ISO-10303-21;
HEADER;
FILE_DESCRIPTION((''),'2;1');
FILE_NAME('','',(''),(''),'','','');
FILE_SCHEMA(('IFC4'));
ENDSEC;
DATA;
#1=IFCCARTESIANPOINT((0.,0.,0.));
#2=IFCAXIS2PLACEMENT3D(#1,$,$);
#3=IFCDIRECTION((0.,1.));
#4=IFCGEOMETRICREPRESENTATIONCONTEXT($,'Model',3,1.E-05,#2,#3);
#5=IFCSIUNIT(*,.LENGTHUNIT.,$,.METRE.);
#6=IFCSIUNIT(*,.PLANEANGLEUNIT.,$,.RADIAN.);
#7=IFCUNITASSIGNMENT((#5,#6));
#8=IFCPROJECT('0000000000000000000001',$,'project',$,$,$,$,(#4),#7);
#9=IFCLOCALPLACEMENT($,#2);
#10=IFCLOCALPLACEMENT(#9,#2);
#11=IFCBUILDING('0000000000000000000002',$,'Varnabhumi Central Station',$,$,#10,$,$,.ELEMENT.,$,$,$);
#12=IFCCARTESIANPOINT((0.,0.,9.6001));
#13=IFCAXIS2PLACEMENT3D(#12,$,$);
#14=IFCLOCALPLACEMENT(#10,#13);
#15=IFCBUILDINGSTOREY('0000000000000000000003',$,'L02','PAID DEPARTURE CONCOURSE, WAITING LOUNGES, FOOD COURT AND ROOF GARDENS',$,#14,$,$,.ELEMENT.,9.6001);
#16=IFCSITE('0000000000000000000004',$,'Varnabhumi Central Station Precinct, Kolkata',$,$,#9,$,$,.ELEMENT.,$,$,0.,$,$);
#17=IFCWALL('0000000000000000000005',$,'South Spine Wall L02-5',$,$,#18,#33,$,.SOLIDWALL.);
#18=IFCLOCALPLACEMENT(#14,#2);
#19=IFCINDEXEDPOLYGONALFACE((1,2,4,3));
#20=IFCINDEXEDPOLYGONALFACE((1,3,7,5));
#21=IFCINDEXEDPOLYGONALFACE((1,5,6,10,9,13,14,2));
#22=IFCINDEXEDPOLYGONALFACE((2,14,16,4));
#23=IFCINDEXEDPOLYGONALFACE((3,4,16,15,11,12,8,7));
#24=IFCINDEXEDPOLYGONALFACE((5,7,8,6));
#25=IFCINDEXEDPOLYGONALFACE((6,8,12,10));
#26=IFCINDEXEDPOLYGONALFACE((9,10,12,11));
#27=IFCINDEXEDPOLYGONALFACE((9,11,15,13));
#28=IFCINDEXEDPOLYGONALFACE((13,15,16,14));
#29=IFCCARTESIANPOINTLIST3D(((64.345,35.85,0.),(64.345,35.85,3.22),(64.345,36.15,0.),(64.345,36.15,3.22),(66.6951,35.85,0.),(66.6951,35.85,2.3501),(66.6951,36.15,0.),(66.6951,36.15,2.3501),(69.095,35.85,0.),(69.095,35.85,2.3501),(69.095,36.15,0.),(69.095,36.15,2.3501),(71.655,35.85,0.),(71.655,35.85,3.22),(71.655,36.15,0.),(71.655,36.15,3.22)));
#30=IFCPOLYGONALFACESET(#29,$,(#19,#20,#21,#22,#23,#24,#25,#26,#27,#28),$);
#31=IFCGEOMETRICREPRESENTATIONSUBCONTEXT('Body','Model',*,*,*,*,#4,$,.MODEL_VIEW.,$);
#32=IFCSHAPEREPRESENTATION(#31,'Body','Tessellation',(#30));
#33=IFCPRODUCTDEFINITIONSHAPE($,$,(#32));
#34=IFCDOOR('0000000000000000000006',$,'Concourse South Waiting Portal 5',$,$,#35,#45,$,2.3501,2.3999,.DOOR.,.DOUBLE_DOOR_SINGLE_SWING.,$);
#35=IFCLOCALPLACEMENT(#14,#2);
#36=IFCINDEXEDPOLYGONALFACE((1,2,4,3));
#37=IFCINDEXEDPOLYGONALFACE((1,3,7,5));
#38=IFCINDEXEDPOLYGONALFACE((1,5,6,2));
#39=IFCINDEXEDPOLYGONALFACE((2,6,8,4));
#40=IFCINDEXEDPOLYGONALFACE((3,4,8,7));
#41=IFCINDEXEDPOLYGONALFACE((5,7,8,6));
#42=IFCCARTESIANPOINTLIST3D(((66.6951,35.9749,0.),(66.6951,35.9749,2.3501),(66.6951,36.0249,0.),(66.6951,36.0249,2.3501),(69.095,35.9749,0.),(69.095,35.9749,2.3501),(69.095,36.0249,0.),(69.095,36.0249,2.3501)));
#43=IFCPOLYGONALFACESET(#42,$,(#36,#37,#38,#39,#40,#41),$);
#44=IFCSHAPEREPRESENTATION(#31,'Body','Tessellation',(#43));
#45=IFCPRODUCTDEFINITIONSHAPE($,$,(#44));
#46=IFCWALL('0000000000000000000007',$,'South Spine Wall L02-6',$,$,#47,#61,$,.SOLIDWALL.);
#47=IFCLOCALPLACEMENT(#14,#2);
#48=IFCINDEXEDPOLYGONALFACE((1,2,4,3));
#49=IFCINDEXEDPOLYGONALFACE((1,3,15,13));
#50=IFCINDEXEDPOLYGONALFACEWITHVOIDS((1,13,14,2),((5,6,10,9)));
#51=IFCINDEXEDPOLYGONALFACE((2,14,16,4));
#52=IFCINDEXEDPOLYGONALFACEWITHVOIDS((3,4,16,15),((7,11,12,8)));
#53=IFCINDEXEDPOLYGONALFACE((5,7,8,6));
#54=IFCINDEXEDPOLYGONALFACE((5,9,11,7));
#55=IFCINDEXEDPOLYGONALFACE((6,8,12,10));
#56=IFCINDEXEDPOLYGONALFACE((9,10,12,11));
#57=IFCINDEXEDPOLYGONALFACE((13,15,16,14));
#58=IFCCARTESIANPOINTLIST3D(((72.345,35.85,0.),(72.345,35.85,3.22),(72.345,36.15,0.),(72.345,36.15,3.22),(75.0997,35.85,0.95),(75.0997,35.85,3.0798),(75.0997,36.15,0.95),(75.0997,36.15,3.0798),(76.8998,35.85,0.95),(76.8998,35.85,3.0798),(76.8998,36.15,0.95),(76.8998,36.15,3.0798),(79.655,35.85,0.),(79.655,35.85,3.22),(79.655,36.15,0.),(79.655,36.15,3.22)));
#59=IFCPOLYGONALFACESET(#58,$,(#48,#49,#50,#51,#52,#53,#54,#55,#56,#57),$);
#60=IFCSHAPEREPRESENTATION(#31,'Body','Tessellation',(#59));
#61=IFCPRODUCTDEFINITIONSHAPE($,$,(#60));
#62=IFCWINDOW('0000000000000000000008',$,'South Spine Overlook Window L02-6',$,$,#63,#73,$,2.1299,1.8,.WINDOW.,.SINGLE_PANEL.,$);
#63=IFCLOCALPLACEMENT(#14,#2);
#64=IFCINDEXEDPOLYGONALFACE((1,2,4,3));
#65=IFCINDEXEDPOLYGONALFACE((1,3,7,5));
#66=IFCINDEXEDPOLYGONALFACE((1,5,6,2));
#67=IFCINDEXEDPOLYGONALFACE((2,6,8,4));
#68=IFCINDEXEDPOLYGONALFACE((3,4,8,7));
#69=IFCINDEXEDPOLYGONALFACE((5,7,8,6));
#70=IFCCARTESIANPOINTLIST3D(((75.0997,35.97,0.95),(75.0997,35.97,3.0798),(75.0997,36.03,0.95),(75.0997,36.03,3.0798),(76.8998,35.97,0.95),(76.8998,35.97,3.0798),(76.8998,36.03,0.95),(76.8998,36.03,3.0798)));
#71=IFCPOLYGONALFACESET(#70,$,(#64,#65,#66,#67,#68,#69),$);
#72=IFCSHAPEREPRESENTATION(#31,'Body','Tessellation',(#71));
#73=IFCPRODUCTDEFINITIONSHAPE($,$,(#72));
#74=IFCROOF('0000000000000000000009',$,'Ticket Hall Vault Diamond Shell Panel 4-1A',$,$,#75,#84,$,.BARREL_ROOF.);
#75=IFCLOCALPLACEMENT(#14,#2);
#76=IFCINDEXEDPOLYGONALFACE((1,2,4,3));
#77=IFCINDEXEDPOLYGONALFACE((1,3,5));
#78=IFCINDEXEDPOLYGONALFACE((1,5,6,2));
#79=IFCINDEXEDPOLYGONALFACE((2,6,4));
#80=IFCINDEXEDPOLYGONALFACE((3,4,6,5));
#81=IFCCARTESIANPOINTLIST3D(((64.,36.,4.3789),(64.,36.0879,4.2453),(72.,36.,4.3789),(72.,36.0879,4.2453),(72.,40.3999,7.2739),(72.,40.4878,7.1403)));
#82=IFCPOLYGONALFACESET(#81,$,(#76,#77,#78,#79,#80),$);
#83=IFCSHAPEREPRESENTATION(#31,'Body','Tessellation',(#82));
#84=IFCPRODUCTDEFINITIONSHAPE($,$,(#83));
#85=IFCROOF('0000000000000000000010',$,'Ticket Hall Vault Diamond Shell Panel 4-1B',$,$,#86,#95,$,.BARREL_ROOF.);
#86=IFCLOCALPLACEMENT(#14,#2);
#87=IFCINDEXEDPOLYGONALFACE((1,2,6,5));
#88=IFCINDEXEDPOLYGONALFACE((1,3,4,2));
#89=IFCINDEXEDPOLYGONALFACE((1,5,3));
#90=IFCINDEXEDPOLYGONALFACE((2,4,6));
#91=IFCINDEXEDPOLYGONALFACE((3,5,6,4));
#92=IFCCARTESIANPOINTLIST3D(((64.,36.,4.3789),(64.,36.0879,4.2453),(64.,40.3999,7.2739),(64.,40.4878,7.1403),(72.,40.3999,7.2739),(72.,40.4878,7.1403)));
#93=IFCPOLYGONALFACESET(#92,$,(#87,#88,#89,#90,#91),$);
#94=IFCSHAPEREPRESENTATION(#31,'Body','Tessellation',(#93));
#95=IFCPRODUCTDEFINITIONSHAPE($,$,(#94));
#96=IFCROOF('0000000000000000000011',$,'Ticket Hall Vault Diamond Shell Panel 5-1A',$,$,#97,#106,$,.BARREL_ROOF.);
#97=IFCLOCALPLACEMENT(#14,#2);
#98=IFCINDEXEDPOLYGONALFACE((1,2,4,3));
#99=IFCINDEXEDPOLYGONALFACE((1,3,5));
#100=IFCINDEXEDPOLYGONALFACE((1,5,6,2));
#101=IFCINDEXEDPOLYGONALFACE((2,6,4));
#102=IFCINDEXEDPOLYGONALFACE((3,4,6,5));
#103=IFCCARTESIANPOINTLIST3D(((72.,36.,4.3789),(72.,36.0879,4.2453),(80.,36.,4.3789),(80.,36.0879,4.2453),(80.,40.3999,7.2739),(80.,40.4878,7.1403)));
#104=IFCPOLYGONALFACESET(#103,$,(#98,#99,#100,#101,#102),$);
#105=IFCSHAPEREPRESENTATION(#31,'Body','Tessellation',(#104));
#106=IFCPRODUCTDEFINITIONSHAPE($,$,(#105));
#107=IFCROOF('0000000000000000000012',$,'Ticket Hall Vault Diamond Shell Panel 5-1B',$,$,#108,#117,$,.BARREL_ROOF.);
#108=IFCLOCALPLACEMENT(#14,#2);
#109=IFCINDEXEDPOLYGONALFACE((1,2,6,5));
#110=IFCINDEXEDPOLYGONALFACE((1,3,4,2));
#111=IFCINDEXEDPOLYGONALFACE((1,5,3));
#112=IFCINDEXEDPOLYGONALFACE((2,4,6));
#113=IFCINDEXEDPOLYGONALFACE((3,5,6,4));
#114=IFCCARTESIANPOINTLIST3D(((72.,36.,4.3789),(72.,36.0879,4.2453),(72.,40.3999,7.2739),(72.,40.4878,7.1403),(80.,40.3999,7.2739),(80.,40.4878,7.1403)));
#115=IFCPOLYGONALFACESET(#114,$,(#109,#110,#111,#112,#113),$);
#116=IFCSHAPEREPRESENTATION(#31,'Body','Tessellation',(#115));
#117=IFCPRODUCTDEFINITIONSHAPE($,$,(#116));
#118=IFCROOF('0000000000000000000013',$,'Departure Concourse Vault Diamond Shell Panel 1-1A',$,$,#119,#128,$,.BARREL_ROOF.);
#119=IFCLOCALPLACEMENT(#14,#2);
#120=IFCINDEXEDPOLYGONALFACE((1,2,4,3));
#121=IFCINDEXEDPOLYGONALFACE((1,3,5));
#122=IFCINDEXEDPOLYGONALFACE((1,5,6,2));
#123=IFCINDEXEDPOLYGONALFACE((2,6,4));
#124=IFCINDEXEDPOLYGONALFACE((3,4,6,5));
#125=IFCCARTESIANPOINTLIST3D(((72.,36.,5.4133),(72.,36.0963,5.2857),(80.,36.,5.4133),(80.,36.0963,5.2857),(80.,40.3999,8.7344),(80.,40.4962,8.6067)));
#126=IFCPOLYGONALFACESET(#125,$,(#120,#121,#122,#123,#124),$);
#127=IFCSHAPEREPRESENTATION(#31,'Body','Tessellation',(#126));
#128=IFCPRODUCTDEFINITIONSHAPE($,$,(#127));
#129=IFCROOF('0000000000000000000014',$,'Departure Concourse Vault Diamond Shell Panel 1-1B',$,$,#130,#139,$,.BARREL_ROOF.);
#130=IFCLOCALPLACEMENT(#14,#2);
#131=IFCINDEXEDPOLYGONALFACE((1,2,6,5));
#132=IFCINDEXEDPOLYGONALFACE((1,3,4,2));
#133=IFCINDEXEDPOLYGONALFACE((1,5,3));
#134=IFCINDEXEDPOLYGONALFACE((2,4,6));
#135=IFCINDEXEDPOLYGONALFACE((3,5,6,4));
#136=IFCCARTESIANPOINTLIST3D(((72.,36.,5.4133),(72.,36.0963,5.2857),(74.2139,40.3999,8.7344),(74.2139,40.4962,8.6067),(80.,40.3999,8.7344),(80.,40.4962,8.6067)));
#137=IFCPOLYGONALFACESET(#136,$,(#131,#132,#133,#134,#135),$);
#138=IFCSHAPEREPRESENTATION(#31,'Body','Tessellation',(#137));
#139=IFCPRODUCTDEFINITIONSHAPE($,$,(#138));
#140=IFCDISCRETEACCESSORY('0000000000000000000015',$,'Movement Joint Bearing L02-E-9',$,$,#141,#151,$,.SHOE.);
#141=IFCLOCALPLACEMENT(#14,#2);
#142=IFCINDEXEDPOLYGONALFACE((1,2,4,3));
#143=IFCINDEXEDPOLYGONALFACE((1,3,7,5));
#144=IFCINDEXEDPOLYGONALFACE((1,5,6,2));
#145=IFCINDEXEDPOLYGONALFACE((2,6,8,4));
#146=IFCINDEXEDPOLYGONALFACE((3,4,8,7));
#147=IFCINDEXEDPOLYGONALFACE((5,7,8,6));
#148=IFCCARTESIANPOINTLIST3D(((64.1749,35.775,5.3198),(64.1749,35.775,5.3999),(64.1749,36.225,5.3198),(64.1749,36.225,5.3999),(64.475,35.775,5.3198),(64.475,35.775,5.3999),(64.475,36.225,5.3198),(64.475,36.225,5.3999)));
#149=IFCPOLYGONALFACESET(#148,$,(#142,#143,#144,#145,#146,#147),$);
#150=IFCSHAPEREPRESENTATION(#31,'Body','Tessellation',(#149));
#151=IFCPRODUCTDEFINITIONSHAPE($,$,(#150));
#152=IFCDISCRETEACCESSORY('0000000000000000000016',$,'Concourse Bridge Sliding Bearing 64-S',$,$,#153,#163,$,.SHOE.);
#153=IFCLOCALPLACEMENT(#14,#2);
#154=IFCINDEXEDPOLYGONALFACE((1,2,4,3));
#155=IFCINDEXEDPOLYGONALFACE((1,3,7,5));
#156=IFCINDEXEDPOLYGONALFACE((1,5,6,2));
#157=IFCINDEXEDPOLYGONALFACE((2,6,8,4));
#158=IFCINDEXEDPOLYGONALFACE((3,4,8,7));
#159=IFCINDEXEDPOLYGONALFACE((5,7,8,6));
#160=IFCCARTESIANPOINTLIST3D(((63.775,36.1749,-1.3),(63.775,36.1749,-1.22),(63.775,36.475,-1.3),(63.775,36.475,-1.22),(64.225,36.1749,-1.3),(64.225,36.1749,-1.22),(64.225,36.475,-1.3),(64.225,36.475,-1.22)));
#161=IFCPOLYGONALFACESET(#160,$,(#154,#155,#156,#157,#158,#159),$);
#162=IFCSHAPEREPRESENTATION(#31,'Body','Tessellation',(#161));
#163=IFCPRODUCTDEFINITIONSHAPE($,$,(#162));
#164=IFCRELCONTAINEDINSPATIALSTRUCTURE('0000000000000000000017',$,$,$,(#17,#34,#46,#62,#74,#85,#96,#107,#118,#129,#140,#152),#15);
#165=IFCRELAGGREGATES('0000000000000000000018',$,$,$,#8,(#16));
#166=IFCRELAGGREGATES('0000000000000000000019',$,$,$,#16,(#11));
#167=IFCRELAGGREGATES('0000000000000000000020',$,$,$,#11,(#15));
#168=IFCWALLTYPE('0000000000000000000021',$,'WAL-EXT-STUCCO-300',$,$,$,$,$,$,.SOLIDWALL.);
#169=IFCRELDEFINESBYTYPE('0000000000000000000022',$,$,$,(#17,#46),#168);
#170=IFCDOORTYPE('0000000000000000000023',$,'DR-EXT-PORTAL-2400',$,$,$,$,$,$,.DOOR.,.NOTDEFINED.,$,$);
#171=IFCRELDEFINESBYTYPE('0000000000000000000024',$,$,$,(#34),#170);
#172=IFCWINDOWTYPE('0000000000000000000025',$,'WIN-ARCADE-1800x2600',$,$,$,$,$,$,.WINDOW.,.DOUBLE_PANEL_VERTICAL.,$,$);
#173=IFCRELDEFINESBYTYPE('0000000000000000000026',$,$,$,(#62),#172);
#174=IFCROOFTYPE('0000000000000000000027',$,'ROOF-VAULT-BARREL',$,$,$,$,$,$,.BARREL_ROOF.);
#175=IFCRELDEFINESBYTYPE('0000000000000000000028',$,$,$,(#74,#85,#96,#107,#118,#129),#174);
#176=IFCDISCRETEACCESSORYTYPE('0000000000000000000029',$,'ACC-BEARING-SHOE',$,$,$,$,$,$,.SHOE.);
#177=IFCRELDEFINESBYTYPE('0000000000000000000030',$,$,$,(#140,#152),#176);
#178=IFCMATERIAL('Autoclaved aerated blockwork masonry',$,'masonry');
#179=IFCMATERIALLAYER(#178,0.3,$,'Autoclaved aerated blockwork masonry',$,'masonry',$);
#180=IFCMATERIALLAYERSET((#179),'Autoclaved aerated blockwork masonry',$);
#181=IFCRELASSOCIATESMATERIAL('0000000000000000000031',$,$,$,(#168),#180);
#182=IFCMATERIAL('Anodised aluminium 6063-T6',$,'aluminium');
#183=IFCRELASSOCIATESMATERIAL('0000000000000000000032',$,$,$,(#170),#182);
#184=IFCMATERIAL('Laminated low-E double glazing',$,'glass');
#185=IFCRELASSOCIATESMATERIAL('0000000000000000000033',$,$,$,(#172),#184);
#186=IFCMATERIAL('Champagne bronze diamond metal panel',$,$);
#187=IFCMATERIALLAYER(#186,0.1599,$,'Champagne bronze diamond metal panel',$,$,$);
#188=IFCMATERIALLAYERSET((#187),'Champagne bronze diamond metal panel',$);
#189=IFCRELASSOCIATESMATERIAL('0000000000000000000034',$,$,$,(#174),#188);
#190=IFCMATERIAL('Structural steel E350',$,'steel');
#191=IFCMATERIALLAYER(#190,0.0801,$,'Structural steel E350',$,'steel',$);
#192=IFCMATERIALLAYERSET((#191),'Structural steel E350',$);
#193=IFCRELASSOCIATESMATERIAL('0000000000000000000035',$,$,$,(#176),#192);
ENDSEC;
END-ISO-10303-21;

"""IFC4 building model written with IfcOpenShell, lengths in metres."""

from ifc_helpers import new_model, si_unit, direction, frame, frame_2d, origin, origin_2d, place, context, subcontext, project, spatial, polyline, rectangle, outline, extrude, material, layer, layer_set, type_object, element, fill, save


model = new_model("IFC4")

# Units and contexts
model_context = context("Model", 3, precision=1e-05, world=origin(), true_north=direction((0.0, 1.0)))
body_context = subcontext(model_context, "Body", "Model", "MODEL_VIEW")
ifc_project = project(units=[si_unit("LENGTHUNIT", "METRE"), si_unit("PLANEANGLEUNIT", "RADIAN")], contexts=[model_context])

# Site, building, storey
site_placement = place(None, origin())
site = spatial("IfcSite", under=ifc_project, at=site_placement, Name="Varnabhumi Central Station Precinct, Kolkata", CompositionType="ELEMENT", RefElevation=0.0)
building_placement = place(site_placement, origin())
building = spatial("IfcBuilding", under=site, at=building_placement, Name="Varnabhumi Central Station", CompositionType="ELEMENT")
storey_placement = place(building_placement, frame((0.0, 0.0, 9.6001)))
storey = spatial("IfcBuildingStorey", under=building, at=storey_placement, Name="L02", Description="PAID DEPARTURE CONCOURSE, WAITING LOUNGES, FOOD COURT AND ROOF GARDENS", CompositionType="ELEMENT", Elevation=9.6001)

# Shared definitions
ifc_material_1 = material(Name="Structural steel E350", Category="steel")

# Wall, opening, door
ifc_material_2 = material(Name="Autoclaved aerated blockwork masonry", Category="masonry")
ifc_layer_1 = layer(ifc_material_2, 0.3, Name="Autoclaved aerated blockwork masonry", Category="masonry")
ifc_layer_set_1 = layer_set([ifc_layer_1], Name="Autoclaved aerated blockwork masonry")
wall_type = type_object("IfcWallType", Name="WAL-EXT-STUCCO-300", PredefinedType="SOLIDWALL", material=ifc_layer_set_1)
wall_1_placement = place(storey_placement, frame((64.345, 36.0, 0.0), z_axis=(0.0, 0.0, 1.0), x_axis=(1.0, 0.0, 0.0)))
wall_1 = element("IfcWall", 1, at=wall_1_placement, inside=storey, type_object=wall_type, Name="South Spine Wall L02-5", PredefinedType="SOLIDWALL", context=body_context, shape_type="SweptSolid", body=[
    extrude(rectangle(XDim=7.3101, YDim=0.3, at=frame_2d((3.655, 0.0))), origin(), (0.0, 0.0, 1.0), 3.22),
])
opening_1_placement = place(wall_1_placement, frame((2.3501, 0.0, 0.0)))
opening_1 = element("IfcOpeningElement", 2, at=opening_1_placement, cuts=wall_1, PredefinedType="OPENING", context=body_context, shape_type="SweptSolid", body=[
    extrude(rectangle(XDim=2.3999, YDim=2.3501, at=frame_2d((1.2, 1.175))), frame((0.0, 0.1599, 0.0), z_axis=(0.0, -1.0, 0.0), x_axis=(1.0, 0.0, 0.0)), (0.0, 0.0, 1.0), 0.3201),
])
ifc_material_3 = material(Name="Anodised aluminium 6063-T6", Category="aluminium")
door_type = type_object("IfcDoorType", Name="DR-EXT-PORTAL-2400", OperationType="NOTDEFINED", PredefinedType="DOOR", material=ifc_material_3)
door_placement = place(opening_1_placement, origin())
door = element("IfcDoor", 3, at=door_placement, inside=storey, type_object=door_type, Name="Concourse South Waiting Portal 5", OperationType="DOUBLE_DOOR_SINGLE_SWING", OverallHeight=2.3501, OverallWidth=2.3999, PredefinedType="DOOR", context=body_context, shape_type="SweptSolid", body=[
    extrude(rectangle(XDim=2.3999, YDim=2.3501, at=frame_2d((1.2, 1.175))), frame((0.0, 0.0249, 0.0), z_axis=(0.0, -1.0, 0.0), x_axis=(1.0, 0.0, 0.0)), (0.0, 0.0, 1.0), 0.05),
])
fill(opening_1, door)

# Wall, opening, window
wall_2_placement = place(storey_placement, frame((72.345, 36.0, 0.0), z_axis=(0.0, 0.0, 1.0), x_axis=(1.0, 0.0, 0.0)))
wall_2 = element("IfcWall", 4, at=wall_2_placement, inside=storey, type_object=wall_type, Name="South Spine Wall L02-6", PredefinedType="SOLIDWALL", context=body_context, shape_type="SweptSolid", body=[
    extrude(rectangle(XDim=7.3101, YDim=0.3, at=frame_2d((3.655, 0.0))), origin(), (0.0, 0.0, 1.0), 3.22),
])
opening_2_placement = place(wall_2_placement, frame((2.7549, 0.0, 0.95)))
opening_2 = element("IfcOpeningElement", 5, at=opening_2_placement, cuts=wall_2, PredefinedType="OPENING", context=body_context, shape_type="SweptSolid", body=[
    extrude(rectangle(XDim=1.8, YDim=2.1299, at=frame_2d((0.8999, 1.0649))), frame((0.0, 0.1599, 0.0), z_axis=(0.0, -1.0, 0.0), x_axis=(1.0, 0.0, 0.0)), (0.0, 0.0, 1.0), 0.3201),
])
ifc_material_4 = material(Name="Laminated low-E double glazing", Category="glass")
window_type = type_object("IfcWindowType", Name="WIN-ARCADE-1800x2600", PartitioningType="DOUBLE_PANEL_VERTICAL", PredefinedType="WINDOW", material=ifc_material_4)
window_placement = place(opening_2_placement, origin())
window = element("IfcWindow", 6, at=window_placement, inside=storey, type_object=window_type, Name="South Spine Overlook Window L02-6", OverallHeight=2.1299, OverallWidth=1.8, PartitioningType="SINGLE_PANEL", PredefinedType="WINDOW", context=body_context, shape_type="SweptSolid", body=[
    extrude(rectangle(XDim=1.8, YDim=2.1299, at=frame_2d((0.8999, 1.0649))), frame((0.0, 0.03, 0.0), z_axis=(0.0, -1.0, 0.0), x_axis=(1.0, 0.0, 0.0)), (0.0, 0.0, 1.0), 0.0601),
])
fill(opening_2, window)

# Roofs
ifc_material_5 = material(Name="Champagne bronze diamond metal panel")
ifc_layer_2 = layer(ifc_material_5, 0.1599, Name="Champagne bronze diamond metal panel")
ifc_layer_set_2 = layer_set([ifc_layer_2], Name="Champagne bronze diamond metal panel")
roof_type = type_object("IfcRoofType", Name="ROOF-VAULT-BARREL", PredefinedType="BARREL_ROOF", material=ifc_layer_set_2)
roof_1_placement = place(storey_placement, frame((64.0, 36.0, 4.3789), z_axis=(0.0, -0.549662, 0.835387), x_axis=(1.0, 0.0, 0.0)))
element("IfcRoof", 7, at=roof_1_placement, inside=storey, type_object=roof_type, Name="Ticket Hall Vault Diamond Shell Panel 4-1A", PredefinedType="BARREL_ROOF", context=body_context, shape_type="SweptSolid", body=[
    extrude(outline(polyline([(0.0, 0.0), (8.0, 0.0), (8.0, 5.2669), (0.0, 0.0)])), origin(), (0.0, 0.0, -1.0), 0.1599),
])
roof_2_placement = place(storey_placement, frame((64.0, 36.0, 4.3789), z_axis=(0.0, -0.549662, 0.835387), x_axis=(0.835237, 0.45937, 0.302254)))
element("IfcRoof", 8, at=roof_2_placement, inside=storey, type_object=roof_type, Name="Ticket Hall Vault Diamond Shell Panel 4-1B", PredefinedType="BARREL_ROOF", context=body_context, shape_type="SweptSolid", body=[
    extrude(outline(polyline([(0.0, 0.0), (9.5781, 0.0), (2.8962, 4.3991), (0.0, 0.0)])), origin(), (0.0, 0.0, -1.0), 0.1599),
])
roof_3_placement = place(storey_placement, frame((72.0, 36.0, 4.3789), z_axis=(0.0, -0.549662, 0.835387), x_axis=(1.0, 0.0, 0.0)))
element("IfcRoof", 9, at=roof_3_placement, inside=storey, type_object=roof_type, Name="Ticket Hall Vault Diamond Shell Panel 5-1A", PredefinedType="BARREL_ROOF", context=body_context, shape_type="SweptSolid", body=[
    extrude(outline(polyline([(0.0, 0.0), (8.0, 0.0), (8.0, 5.2669), (0.0, 0.0)])), origin(), (0.0, 0.0, -1.0), 0.1599),
])
roof_4_placement = place(storey_placement, frame((72.0, 36.0, 4.3789), z_axis=(0.0, -0.549662, 0.835387), x_axis=(0.835237, 0.45937, 0.302254)))
element("IfcRoof", 10, at=roof_4_placement, inside=storey, type_object=roof_type, Name="Ticket Hall Vault Diamond Shell Panel 5-1B", PredefinedType="BARREL_ROOF", context=body_context, shape_type="SweptSolid", body=[
    extrude(outline(polyline([(0.0, 0.0), (9.5781, 0.0), (2.8962, 4.3991), (0.0, 0.0)])), origin(), (0.0, 0.0, -1.0), 0.1599),
])
roof_5_placement = place(storey_placement, frame((72.0, 36.0, 5.4133), z_axis=(0.0, -0.602449, 0.798157), x_axis=(1.0, 0.0, 0.0)))
element("IfcRoof", 11, at=roof_5_placement, inside=storey, type_object=roof_type, Name="Departure Concourse Vault Diamond Shell Panel 1-1A", PredefinedType="BARREL_ROOF", context=body_context, shape_type="SweptSolid", body=[
    extrude(outline(polyline([(0.0, 0.0), (8.0, 0.0), (8.0, 5.5126), (0.0, 0.0)])), origin(), (0.0, 0.0, -1.0), 0.1599),
])
roof_6_placement = place(storey_placement, frame((72.0, 36.0, 5.4133), z_axis=(0.0, -0.602449, 0.798157), x_axis=(0.823437, 0.45288, 0.341834)))
element("IfcRoof", 12, at=roof_6_placement, inside=storey, type_object=roof_type, Name="Departure Concourse Vault Diamond Shell Panel 1-1B", PredefinedType="BARREL_ROOF", context=body_context, shape_type="SweptSolid", body=[
    extrude(outline(polyline([(0.0, 0.0), (9.7154, 0.0), (4.9509, 3.2831), (0.0, 0.0)])), origin(), (0.0, 0.0, -1.0), 0.1599),
])

# Discrete accessories
ifc_layer_3 = layer(ifc_material_1, 0.0801, Name="Structural steel E350", Category="steel")
ifc_layer_set_3 = layer_set([ifc_layer_3], Name="Structural steel E350")
discrete_accessory_type = type_object("IfcDiscreteAccessoryType", Name="ACC-BEARING-SHOE", PredefinedType="SHOE", material=ifc_layer_set_3)
discrete_accessory_1_placement = place(storey_placement, frame((64.325, 36.0, 5.3198), z_axis=(0.0, 0.0, 1.0), x_axis=(1.0, 0.0, 0.0)))
element("IfcDiscreteAccessory", 13, at=discrete_accessory_1_placement, inside=storey, type_object=discrete_accessory_type, Name="Movement Joint Bearing L02-E-9", PredefinedType="SHOE", context=body_context, shape_type="SweptSolid", body=[
    extrude(rectangle(XDim=0.3, YDim=0.45, at=origin_2d()), origin(), (0.0, 0.0, 1.0), 0.0801),
])
discrete_accessory_2_placement = place(storey_placement, frame((64.0, 36.325, -1.3), z_axis=(0.0, 0.0, 1.0), x_axis=(1.0, 0.0, 0.0)))
element("IfcDiscreteAccessory", 14, at=discrete_accessory_2_placement, inside=storey, type_object=discrete_accessory_type, Name="Concourse Bridge Sliding Bearing 64-S", PredefinedType="SHOE", context=body_context, shape_type="SweptSolid", body=[
    extrude(rectangle(XDim=0.45, YDim=0.3, at=origin_2d()), origin(), (0.0, 0.0, 1.0), 0.0801),
])

save(model, "model.ifc")
